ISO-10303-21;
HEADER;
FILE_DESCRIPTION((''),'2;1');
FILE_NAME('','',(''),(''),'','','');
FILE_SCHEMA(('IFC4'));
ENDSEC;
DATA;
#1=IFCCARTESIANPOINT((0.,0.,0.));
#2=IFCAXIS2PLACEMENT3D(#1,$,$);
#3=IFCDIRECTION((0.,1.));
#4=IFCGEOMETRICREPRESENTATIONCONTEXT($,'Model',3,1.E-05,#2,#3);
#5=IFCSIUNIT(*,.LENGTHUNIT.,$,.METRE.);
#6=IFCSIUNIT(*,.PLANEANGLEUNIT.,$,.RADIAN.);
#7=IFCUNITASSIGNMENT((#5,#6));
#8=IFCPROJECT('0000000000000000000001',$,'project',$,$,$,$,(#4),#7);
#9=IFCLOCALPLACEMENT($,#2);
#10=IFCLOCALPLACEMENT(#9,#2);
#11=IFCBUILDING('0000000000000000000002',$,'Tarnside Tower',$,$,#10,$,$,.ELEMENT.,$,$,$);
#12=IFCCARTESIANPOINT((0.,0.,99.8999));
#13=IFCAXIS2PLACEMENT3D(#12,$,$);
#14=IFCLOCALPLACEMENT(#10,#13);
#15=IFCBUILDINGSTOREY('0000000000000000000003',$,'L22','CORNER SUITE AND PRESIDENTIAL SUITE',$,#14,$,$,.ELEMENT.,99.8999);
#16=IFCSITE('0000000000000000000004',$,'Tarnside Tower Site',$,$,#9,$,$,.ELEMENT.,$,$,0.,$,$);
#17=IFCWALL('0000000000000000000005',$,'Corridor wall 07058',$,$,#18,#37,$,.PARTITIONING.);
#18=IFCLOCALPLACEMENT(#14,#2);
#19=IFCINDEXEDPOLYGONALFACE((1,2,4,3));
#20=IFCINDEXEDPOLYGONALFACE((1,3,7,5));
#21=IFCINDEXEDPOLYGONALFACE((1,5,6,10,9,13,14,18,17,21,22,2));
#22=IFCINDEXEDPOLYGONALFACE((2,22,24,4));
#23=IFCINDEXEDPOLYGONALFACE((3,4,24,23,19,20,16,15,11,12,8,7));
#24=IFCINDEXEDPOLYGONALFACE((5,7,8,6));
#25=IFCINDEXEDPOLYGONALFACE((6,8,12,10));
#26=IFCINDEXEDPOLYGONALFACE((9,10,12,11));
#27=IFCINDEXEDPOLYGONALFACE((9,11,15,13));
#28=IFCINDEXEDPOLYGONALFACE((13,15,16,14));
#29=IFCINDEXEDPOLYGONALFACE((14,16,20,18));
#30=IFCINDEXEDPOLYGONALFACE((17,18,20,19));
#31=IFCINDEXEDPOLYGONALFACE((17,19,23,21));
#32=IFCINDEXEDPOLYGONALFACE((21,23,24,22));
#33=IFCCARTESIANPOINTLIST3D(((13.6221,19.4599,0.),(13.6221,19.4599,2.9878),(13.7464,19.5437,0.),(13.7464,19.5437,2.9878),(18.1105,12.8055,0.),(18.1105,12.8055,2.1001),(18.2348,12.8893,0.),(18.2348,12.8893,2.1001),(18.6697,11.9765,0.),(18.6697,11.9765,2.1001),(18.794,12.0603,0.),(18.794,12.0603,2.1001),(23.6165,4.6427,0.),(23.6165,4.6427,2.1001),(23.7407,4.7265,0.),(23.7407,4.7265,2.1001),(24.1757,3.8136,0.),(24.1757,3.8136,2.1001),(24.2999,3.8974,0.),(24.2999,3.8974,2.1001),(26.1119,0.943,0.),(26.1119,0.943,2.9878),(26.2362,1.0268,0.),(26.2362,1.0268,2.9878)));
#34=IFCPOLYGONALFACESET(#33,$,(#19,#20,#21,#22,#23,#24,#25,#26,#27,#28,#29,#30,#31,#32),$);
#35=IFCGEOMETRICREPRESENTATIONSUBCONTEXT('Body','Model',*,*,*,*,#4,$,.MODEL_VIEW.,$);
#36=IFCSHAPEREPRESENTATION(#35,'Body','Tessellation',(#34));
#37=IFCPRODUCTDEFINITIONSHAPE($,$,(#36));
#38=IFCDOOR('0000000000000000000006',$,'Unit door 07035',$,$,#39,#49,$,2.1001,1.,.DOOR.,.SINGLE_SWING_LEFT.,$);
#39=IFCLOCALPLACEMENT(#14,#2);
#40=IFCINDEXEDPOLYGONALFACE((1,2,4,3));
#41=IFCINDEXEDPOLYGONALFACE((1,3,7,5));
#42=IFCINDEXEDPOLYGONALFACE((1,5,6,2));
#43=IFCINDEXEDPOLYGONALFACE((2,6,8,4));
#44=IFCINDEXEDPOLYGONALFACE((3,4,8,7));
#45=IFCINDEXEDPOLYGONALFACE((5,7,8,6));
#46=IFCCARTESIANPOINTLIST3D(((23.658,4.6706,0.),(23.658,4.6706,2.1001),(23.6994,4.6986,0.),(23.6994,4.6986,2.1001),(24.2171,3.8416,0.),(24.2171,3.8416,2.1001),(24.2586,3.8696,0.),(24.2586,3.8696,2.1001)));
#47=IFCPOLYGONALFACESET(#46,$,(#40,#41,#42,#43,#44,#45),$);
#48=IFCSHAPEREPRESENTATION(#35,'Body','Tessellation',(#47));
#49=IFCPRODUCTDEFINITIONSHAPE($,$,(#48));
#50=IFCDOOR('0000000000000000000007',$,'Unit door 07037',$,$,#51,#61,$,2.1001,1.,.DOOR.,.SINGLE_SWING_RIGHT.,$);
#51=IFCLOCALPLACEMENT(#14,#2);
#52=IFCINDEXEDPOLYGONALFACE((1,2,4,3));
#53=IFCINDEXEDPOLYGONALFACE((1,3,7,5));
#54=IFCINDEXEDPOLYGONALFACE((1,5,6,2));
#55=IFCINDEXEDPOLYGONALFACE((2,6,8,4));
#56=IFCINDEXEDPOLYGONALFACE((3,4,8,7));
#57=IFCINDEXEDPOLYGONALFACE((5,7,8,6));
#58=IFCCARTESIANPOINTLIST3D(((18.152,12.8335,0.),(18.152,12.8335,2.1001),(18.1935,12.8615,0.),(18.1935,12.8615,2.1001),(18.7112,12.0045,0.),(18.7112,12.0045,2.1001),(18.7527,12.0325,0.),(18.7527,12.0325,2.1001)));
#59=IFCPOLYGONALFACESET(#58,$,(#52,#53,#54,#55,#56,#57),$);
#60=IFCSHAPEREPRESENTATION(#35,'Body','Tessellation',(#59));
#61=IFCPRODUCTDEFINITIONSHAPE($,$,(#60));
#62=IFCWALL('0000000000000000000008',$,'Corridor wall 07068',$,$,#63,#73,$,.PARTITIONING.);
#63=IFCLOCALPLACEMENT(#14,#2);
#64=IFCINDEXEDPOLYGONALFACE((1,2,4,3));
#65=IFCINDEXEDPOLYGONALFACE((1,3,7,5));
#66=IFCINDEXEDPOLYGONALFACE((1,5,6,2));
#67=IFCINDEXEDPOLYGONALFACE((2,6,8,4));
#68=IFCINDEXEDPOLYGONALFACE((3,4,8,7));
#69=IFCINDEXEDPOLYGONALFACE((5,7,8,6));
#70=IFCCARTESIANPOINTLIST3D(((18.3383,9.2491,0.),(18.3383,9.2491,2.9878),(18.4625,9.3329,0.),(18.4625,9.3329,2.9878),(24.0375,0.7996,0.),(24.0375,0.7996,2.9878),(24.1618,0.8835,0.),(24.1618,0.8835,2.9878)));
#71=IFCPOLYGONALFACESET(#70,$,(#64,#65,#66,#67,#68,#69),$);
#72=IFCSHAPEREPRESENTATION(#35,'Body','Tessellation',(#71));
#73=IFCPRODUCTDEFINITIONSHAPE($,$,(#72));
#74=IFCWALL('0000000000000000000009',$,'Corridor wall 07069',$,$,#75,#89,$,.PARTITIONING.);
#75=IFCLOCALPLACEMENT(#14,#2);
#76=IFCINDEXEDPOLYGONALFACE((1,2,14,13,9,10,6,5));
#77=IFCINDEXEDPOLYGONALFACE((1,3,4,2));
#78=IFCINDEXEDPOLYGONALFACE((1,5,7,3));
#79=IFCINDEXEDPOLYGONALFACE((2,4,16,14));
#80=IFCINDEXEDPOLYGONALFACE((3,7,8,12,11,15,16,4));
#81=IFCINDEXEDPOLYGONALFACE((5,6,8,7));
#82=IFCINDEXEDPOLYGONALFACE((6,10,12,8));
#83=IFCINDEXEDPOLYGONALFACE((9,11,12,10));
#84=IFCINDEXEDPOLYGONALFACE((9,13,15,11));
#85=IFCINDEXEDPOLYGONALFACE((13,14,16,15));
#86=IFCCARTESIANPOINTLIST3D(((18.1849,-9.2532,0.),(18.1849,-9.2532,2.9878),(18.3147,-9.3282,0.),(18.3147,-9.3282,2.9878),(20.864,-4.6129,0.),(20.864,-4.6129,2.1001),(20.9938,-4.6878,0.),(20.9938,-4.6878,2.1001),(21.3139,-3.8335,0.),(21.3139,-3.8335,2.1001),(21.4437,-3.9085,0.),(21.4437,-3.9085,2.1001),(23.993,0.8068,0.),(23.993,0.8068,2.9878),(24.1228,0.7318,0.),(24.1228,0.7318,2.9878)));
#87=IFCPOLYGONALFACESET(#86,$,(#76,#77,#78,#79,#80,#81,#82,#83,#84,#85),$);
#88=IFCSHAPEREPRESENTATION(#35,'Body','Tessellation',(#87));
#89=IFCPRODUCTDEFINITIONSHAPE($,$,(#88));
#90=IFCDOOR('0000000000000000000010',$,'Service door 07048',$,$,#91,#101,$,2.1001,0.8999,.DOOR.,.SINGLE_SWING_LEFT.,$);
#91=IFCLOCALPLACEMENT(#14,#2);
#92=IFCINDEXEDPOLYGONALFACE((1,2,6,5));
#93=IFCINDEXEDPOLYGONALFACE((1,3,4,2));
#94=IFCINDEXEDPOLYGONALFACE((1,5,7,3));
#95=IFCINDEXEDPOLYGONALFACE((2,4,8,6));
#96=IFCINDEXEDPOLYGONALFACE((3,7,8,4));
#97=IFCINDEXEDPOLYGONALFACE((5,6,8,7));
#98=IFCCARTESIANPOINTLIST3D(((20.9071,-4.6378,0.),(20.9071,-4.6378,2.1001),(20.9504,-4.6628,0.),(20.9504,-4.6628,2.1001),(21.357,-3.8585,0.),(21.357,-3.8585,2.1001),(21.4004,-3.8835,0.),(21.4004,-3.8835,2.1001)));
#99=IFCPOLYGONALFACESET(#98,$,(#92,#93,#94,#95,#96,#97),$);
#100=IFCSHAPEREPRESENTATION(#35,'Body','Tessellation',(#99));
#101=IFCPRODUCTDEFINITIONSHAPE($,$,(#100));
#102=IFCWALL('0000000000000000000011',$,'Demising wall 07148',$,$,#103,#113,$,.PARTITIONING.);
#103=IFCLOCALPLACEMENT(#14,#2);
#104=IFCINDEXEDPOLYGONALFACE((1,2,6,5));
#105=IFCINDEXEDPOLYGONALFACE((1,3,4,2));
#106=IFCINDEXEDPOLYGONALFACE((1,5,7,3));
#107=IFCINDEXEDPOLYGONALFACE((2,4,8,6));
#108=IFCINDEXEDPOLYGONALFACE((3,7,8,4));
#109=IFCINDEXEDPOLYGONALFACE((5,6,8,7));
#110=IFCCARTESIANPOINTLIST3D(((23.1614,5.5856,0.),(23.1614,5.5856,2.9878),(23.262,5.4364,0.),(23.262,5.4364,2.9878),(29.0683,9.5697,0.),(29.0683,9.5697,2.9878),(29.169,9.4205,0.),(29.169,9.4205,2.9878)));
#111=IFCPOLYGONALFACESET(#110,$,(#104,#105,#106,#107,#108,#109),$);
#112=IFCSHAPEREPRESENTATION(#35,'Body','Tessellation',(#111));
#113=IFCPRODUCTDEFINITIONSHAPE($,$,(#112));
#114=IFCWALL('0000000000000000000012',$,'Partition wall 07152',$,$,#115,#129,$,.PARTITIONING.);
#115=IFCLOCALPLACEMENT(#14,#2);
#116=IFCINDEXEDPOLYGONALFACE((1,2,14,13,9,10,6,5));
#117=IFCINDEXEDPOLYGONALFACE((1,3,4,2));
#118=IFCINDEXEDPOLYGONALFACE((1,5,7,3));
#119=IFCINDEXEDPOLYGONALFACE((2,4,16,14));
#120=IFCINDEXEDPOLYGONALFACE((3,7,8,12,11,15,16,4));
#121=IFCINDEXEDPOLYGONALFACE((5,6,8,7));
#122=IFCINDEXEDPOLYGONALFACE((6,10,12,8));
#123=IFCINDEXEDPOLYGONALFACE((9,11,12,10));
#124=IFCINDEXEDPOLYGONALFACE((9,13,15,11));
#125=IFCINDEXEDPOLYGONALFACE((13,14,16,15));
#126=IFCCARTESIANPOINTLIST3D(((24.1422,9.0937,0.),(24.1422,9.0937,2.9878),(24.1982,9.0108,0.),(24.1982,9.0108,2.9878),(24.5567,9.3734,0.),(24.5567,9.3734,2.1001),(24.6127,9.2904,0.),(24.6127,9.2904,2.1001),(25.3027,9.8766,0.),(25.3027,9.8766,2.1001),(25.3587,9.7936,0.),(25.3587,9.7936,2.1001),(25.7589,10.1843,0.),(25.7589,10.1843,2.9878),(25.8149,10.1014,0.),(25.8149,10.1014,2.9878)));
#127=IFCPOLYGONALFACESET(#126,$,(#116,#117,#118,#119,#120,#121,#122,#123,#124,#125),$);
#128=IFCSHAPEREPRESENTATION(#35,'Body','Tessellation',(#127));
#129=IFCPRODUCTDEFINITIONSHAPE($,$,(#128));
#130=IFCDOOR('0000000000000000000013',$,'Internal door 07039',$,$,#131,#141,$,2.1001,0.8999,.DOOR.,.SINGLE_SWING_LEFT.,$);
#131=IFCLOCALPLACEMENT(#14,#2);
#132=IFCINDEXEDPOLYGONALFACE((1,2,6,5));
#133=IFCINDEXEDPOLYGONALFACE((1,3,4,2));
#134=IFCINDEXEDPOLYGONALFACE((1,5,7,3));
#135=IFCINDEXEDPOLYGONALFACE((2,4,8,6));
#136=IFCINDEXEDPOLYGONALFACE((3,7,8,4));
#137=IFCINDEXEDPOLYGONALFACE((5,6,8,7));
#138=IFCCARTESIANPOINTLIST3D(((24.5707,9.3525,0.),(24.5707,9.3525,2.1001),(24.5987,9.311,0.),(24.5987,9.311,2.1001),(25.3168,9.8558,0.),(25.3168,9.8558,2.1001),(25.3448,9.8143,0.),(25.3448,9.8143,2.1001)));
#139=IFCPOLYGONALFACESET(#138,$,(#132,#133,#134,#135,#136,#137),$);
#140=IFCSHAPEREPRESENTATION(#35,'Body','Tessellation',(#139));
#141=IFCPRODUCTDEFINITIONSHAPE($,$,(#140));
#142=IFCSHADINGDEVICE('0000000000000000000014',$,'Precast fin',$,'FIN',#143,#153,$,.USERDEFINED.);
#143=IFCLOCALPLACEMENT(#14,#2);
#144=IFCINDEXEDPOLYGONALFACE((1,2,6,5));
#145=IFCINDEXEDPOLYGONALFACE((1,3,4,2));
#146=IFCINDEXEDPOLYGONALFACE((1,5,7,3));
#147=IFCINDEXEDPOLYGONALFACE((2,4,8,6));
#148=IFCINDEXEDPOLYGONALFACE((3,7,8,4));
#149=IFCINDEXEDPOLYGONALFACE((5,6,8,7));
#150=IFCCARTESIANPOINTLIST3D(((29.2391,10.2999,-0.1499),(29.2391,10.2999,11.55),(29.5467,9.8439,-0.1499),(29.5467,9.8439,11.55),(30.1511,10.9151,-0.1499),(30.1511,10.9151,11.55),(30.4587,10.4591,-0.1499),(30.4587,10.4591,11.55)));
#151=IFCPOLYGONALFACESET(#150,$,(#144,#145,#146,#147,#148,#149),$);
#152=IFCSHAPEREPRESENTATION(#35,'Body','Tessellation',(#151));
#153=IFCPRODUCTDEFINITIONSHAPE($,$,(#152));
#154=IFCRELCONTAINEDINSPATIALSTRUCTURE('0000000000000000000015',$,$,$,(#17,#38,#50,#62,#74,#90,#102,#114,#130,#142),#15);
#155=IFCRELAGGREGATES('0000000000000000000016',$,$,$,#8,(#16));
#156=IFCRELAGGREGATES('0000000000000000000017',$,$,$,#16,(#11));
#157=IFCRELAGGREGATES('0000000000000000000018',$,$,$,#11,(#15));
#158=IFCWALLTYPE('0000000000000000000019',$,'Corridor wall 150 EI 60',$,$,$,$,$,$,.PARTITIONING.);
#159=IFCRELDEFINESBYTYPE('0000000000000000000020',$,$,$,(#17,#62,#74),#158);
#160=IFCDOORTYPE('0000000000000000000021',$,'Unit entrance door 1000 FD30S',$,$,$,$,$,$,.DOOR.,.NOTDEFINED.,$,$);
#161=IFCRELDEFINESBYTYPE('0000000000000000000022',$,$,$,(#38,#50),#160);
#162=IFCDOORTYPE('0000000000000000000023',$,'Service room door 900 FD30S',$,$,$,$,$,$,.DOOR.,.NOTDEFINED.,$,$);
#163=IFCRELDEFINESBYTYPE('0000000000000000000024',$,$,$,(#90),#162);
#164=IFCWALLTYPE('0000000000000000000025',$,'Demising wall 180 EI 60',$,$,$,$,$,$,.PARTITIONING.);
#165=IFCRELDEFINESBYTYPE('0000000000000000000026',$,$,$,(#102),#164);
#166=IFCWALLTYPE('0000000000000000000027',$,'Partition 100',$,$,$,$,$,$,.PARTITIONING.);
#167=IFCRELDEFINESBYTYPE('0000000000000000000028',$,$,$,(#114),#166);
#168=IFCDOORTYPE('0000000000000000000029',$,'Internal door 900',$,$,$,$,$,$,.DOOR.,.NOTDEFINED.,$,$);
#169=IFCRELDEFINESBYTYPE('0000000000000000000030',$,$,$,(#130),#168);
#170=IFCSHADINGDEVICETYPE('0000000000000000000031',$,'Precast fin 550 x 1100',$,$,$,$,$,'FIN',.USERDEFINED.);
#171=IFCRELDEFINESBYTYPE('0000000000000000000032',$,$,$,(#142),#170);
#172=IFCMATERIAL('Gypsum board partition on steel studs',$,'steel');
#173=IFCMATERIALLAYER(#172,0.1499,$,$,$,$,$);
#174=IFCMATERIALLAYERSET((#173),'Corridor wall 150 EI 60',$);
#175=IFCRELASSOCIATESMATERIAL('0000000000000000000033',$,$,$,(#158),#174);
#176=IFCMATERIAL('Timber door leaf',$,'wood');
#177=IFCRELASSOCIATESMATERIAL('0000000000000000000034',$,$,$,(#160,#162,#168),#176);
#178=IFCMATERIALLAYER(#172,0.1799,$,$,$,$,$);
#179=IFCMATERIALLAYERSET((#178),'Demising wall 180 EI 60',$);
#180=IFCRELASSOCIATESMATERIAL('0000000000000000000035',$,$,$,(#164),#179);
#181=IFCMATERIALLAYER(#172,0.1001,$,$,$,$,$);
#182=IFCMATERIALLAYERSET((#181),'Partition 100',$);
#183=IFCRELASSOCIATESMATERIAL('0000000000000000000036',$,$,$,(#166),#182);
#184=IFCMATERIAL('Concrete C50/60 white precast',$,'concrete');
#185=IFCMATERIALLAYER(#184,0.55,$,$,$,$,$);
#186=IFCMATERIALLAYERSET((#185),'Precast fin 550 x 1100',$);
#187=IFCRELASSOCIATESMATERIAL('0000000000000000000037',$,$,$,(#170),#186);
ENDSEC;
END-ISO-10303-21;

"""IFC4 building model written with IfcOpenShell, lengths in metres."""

from ifc_helpers import new_model, si_unit, direction, frame, frame_2d, origin, place, context, subcontext, project, spatial, polyline, rectangle, outline, extrude, material, layer, layer_set, type_object, element, fill, save


model = new_model("IFC4")

# Units and contexts
model_context = context("Model", 3, precision=1e-05, world=origin(), true_north=direction((0.0, 1.0)))
body_context = subcontext(model_context, "Body", "Model", "MODEL_VIEW")
ifc_project = project(units=[si_unit("LENGTHUNIT", "METRE"), si_unit("PLANEANGLEUNIT", "RADIAN")], contexts=[model_context])

# Site, building, storey
site_placement = place(None, origin())
site = spatial("IfcSite", under=ifc_project, at=site_placement, Name="Tarnside Tower Site", CompositionType="ELEMENT", RefElevation=0.0)
building_placement = place(site_placement, origin())
building = spatial("IfcBuilding", under=site, at=building_placement, Name="Tarnside Tower", CompositionType="ELEMENT")
storey_placement = place(building_placement, frame((0.0, 0.0, 99.8999)))
storey = spatial("IfcBuildingStorey", under=building, at=storey_placement, Name="L22", Description="CORNER SUITE AND PRESIDENTIAL SUITE", CompositionType="ELEMENT", Elevation=99.8999)

# Shared definitions
ifc_material_1 = material(Name="Gypsum board partition on steel studs", Category="steel")
ifc_material_2 = material(Name="Timber door leaf", Category="wood")

# Wall, openings, doors
ifc_layer_1 = layer(ifc_material_1, 0.1499)
ifc_layer_set_1 = layer_set([ifc_layer_1], Name="Corridor wall 150 EI 60")
wall_type_1 = type_object("IfcWallType", Name="Corridor wall 150 EI 60", PredefinedType="PARTITIONING", material=ifc_layer_set_1)
wall_1_placement = place(storey_placement, frame((26.1741, 0.9849, 0.0), z_axis=(0.0, 0.0, 1.0), x_axis=(-0.559192, 0.829038, 0.0)))
wall_1 = element("IfcWall", 1, at=wall_1_placement, inside=storey, type_object=wall_type_1, Name="Corridor wall 07058", PredefinedType="PARTITIONING", context=body_context, shape_type="SweptSolid", body=[
    extrude(rectangle(XDim=22.3354, YDim=0.1499, at=frame_2d((11.1677, 0.0))), origin(), (0.0, 0.0, 1.0), 2.9878),
])
opening_1_placement = place(wall_1_placement, frame((3.4626, 0.0, 0.0)))
opening_1 = element("IfcOpeningElement", 2, at=opening_1_placement, cuts=wall_1, PredefinedType="OPENING", context=body_context, shape_type="SweptSolid", body=[
    extrude(rectangle(XDim=1.0, YDim=2.1001, at=frame_2d((0.5, 1.05))), frame((0.0, 0.085, 0.0), z_axis=(0.0, -1.0, 0.0), x_axis=(1.0, 0.0, 0.0)), (0.0, 0.0, 1.0), 0.1699),
])
opening_2_placement = place(wall_1_placement, frame((13.3088, 0.0, 0.0)))
opening_2 = element("IfcOpeningElement", 3, at=opening_2_placement, cuts=wall_1, PredefinedType="OPENING", context=body_context, shape_type="SweptSolid", body=[
    extrude(rectangle(XDim=1.0, YDim=2.1001, at=frame_2d((0.5, 1.05))), frame((0.0, 0.085, 0.0), z_axis=(0.0, -1.0, 0.0), x_axis=(1.0, 0.0, 0.0)), (0.0, 0.0, 1.0), 0.1699),
])
door_type_1 = type_object("IfcDoorType", Name="Unit entrance door 1000 FD30S", OperationType="NOTDEFINED", PredefinedType="DOOR", material=ifc_material_2)
door_1_placement = place(opening_1_placement, origin())
door_1 = element("IfcDoor", 4, at=door_1_placement, inside=storey, type_object=door_type_1, Name="Unit door 07035", OperationType="SINGLE_SWING_LEFT", OverallHeight=2.1001, OverallWidth=1.0, PredefinedType="DOOR", context=body_context, shape_type="SweptSolid", body=[
    extrude(rectangle(XDim=1.0, YDim=2.1001, at=frame_2d((0.5, 1.05))), frame((0.0, 0.0249, 0.0), z_axis=(0.0, -1.0, 0.0), x_axis=(1.0, 0.0, 0.0)), (0.0, 0.0, 1.0), 0.05),
])
fill(opening_1, door_1)
door_2_placement = place(opening_2_placement, origin())
door_2 = element("IfcDoor", 5, at=door_2_placement, inside=storey, type_object=door_type_1, Name="Unit door 07037", OperationType="SINGLE_SWING_RIGHT", OverallHeight=2.1001, OverallWidth=1.0, PredefinedType="DOOR", context=body_context, shape_type="SweptSolid", body=[
    extrude(rectangle(XDim=1.0, YDim=2.1001, at=frame_2d((0.5, 1.05))), frame((0.0, 0.0249, 0.0), z_axis=(0.0, -1.0, 0.0), x_axis=(1.0, 0.0, 0.0)), (0.0, 0.0, 1.0), 0.05),
])
fill(opening_2, door_2)

# Wall
wall_2_placement = place(storey_placement, frame((18.4004, 9.291, 0.0), z_axis=(0.0, 0.0, 1.0), x_axis=(0.559192, -0.829038, 0.0)))
element("IfcWall", 6, at=wall_2_placement, inside=storey, type_object=wall_type_1, Name="Corridor wall 07068", PredefinedType="PARTITIONING", context=body_context, shape_type="SweptSolid", body=[
    extrude(rectangle(XDim=10.1919, YDim=0.1499, at=frame_2d((5.0959, 0.0))), origin(), (0.0, 0.0, 1.0), 2.9878),
])

# Wall, opening, door
wall_3_placement = place(storey_placement, frame((24.0579, 0.7693, 0.0), z_axis=(0.0, 0.0, 1.0), x_axis=(-0.499995, -0.866028, 0.0)))
wall_3 = element("IfcWall", 7, at=wall_3_placement, inside=storey, type_object=wall_type_1, Name="Corridor wall 07069", PredefinedType="PARTITIONING", context=body_context, shape_type="SweptSolid", body=[
    extrude(rectangle(XDim=11.6162, YDim=0.1499, at=frame_2d((5.8081, 0.0))), origin(), (0.0, 0.0, 1.0), 2.9878),
])
opening_3_placement = place(wall_3_placement, frame((5.3582, 0.0, 0.0)))
opening_3 = element("IfcOpeningElement", 8, at=opening_3_placement, cuts=wall_3, PredefinedType="OPENING", context=body_context, shape_type="SweptSolid", body=[
    extrude(rectangle(XDim=0.8999, YDim=2.1001, at=frame_2d((0.45, 1.05))), frame((0.0, 0.085, 0.0), z_axis=(0.0, -1.0, 0.0), x_axis=(1.0, 0.0, 0.0)), (0.0, 0.0, 1.0), 0.1699),
])
door_type_2 = type_object("IfcDoorType", Name="Service room door 900 FD30S", OperationType="NOTDEFINED", PredefinedType="DOOR", material=ifc_material_2)
door_3_placement = place(opening_3_placement, origin())
door_3 = element("IfcDoor", 9, at=door_3_placement, inside=storey, type_object=door_type_2, Name="Service door 07048", OperationType="SINGLE_SWING_LEFT", OverallHeight=2.1001, OverallWidth=0.8999, PredefinedType="DOOR", context=body_context, shape_type="SweptSolid", body=[
    extrude(rectangle(XDim=0.8999, YDim=2.1001, at=frame_2d((0.45, 1.05))), frame((0.0, 0.0249, 0.0), z_axis=(0.0, -1.0, 0.0), x_axis=(1.0, 0.0, 0.0)), (0.0, 0.0, 1.0), 0.05),
])
fill(opening_3, door_3)

# Wall
ifc_layer_2 = layer(ifc_material_1, 0.1799)
ifc_layer_set_2 = layer_set([ifc_layer_2], Name="Demising wall 180 EI 60")
wall_type_2 = type_object("IfcWallType", Name="Demising wall 180 EI 60", PredefinedType="PARTITIONING", material=ifc_layer_set_2)
wall_4_placement = place(storey_placement, frame((29.1187, 9.4951, 0.0), z_axis=(0.0, 0.0, 1.0), x_axis=(-0.829049, -0.559176, 0.0)))
element("IfcWall", 10, at=wall_4_placement, inside=storey, type_object=wall_type_2, Name="Demising wall 07148", PredefinedType="PARTITIONING", context=body_context, shape_type="SweptSolid", body=[
    extrude(rectangle(XDim=7.125, YDim=0.1799, at=frame_2d((3.5625, 0.0))), origin(), (0.0, 0.0, 1.0), 2.9878),
])

# Wall, opening, door
ifc_layer_3 = layer(ifc_material_1, 0.1001)
ifc_layer_set_3 = layer_set([ifc_layer_3], Name="Partition 100")
wall_type_3 = type_object("IfcWallType", Name="Partition 100", PredefinedType="PARTITIONING", material=ifc_layer_set_3)
wall_5_placement = place(storey_placement, frame((24.1702, 9.0522, 0.0), z_axis=(0.0, 0.0, 1.0), x_axis=(0.829014, 0.559228, 0.0)))
wall_5 = element("IfcWall", 11, at=wall_5_placement, inside=storey, type_object=wall_type_3, Name="Partition wall 07152", PredefinedType="PARTITIONING", context=body_context, shape_type="SweptSolid", body=[
    extrude(rectangle(XDim=1.9502, YDim=0.1001, at=frame_2d((0.9751, 0.0))), origin(), (0.0, 0.0, 1.0), 2.9878),
])
opening_4_placement = place(wall_5_placement, frame((0.5, 0.0, 0.0)))
opening_4 = element("IfcOpeningElement", 12, at=opening_4_placement, cuts=wall_5, PredefinedType="OPENING", context=body_context, shape_type="SweptSolid", body=[
    extrude(rectangle(XDim=0.8999, YDim=2.1001, at=frame_2d((0.45, 1.05))), frame((0.0, 0.0601, 0.0), z_axis=(0.0, -1.0, 0.0), x_axis=(1.0, 0.0, 0.0)), (0.0, 0.0, 1.0), 0.1201),
])
door_type_3 = type_object("IfcDoorType", Name="Internal door 900", OperationType="NOTDEFINED", PredefinedType="DOOR", material=ifc_material_2)
door_4_placement = place(opening_4_placement, origin())
door_4 = element("IfcDoor", 13, at=door_4_placement, inside=storey, type_object=door_type_3, Name="Internal door 07039", OperationType="SINGLE_SWING_LEFT", OverallHeight=2.1001, OverallWidth=0.8999, PredefinedType="DOOR", context=body_context, shape_type="SweptSolid", body=[
    extrude(rectangle(XDim=0.8999, YDim=2.1001, at=frame_2d((0.45, 1.05))), frame((0.0, 0.0249, 0.0), z_axis=(0.0, -1.0, 0.0), x_axis=(1.0, 0.0, 0.0)), (0.0, 0.0, 1.0), 0.05),
])
fill(opening_4, door_4)

# Shading device
ifc_material_3 = material(Name="Concrete C50/60 white precast", Category="concrete")
ifc_layer_4 = layer(ifc_material_3, 0.55)
ifc_layer_set_4 = layer_set([ifc_layer_4], Name="Precast fin 550 x 1100")
shading_device_type = type_object("IfcShadingDeviceType", Name="Precast fin 550 x 1100", ElementType="FIN", PredefinedType="USERDEFINED", material=ifc_layer_set_4)
shading_device_placement = place(storey_placement, frame((29.3928, 10.072, -0.1499), z_axis=(0.559193, -0.829038, 0.0), x_axis=(0.829038, 0.559193, 0.0)))
element("IfcShadingDevice", 14, at=shading_device_placement, inside=storey, type_object=shading_device_type, Name="Precast fin", ObjectType="FIN", PredefinedType="USERDEFINED", context=body_context, shape_type="SweptSolid", body=[
    extrude(outline(polyline([(0.0, 0.0), (1.1001, 0.0), (1.1001, 11.7), (0.0, 11.7), (0.0, 0.0)])), frame((0.0, 0.0, -0.2749)), (0.0, 0.0, 1.0), 0.55),
])

save(model, "model.ifc")
